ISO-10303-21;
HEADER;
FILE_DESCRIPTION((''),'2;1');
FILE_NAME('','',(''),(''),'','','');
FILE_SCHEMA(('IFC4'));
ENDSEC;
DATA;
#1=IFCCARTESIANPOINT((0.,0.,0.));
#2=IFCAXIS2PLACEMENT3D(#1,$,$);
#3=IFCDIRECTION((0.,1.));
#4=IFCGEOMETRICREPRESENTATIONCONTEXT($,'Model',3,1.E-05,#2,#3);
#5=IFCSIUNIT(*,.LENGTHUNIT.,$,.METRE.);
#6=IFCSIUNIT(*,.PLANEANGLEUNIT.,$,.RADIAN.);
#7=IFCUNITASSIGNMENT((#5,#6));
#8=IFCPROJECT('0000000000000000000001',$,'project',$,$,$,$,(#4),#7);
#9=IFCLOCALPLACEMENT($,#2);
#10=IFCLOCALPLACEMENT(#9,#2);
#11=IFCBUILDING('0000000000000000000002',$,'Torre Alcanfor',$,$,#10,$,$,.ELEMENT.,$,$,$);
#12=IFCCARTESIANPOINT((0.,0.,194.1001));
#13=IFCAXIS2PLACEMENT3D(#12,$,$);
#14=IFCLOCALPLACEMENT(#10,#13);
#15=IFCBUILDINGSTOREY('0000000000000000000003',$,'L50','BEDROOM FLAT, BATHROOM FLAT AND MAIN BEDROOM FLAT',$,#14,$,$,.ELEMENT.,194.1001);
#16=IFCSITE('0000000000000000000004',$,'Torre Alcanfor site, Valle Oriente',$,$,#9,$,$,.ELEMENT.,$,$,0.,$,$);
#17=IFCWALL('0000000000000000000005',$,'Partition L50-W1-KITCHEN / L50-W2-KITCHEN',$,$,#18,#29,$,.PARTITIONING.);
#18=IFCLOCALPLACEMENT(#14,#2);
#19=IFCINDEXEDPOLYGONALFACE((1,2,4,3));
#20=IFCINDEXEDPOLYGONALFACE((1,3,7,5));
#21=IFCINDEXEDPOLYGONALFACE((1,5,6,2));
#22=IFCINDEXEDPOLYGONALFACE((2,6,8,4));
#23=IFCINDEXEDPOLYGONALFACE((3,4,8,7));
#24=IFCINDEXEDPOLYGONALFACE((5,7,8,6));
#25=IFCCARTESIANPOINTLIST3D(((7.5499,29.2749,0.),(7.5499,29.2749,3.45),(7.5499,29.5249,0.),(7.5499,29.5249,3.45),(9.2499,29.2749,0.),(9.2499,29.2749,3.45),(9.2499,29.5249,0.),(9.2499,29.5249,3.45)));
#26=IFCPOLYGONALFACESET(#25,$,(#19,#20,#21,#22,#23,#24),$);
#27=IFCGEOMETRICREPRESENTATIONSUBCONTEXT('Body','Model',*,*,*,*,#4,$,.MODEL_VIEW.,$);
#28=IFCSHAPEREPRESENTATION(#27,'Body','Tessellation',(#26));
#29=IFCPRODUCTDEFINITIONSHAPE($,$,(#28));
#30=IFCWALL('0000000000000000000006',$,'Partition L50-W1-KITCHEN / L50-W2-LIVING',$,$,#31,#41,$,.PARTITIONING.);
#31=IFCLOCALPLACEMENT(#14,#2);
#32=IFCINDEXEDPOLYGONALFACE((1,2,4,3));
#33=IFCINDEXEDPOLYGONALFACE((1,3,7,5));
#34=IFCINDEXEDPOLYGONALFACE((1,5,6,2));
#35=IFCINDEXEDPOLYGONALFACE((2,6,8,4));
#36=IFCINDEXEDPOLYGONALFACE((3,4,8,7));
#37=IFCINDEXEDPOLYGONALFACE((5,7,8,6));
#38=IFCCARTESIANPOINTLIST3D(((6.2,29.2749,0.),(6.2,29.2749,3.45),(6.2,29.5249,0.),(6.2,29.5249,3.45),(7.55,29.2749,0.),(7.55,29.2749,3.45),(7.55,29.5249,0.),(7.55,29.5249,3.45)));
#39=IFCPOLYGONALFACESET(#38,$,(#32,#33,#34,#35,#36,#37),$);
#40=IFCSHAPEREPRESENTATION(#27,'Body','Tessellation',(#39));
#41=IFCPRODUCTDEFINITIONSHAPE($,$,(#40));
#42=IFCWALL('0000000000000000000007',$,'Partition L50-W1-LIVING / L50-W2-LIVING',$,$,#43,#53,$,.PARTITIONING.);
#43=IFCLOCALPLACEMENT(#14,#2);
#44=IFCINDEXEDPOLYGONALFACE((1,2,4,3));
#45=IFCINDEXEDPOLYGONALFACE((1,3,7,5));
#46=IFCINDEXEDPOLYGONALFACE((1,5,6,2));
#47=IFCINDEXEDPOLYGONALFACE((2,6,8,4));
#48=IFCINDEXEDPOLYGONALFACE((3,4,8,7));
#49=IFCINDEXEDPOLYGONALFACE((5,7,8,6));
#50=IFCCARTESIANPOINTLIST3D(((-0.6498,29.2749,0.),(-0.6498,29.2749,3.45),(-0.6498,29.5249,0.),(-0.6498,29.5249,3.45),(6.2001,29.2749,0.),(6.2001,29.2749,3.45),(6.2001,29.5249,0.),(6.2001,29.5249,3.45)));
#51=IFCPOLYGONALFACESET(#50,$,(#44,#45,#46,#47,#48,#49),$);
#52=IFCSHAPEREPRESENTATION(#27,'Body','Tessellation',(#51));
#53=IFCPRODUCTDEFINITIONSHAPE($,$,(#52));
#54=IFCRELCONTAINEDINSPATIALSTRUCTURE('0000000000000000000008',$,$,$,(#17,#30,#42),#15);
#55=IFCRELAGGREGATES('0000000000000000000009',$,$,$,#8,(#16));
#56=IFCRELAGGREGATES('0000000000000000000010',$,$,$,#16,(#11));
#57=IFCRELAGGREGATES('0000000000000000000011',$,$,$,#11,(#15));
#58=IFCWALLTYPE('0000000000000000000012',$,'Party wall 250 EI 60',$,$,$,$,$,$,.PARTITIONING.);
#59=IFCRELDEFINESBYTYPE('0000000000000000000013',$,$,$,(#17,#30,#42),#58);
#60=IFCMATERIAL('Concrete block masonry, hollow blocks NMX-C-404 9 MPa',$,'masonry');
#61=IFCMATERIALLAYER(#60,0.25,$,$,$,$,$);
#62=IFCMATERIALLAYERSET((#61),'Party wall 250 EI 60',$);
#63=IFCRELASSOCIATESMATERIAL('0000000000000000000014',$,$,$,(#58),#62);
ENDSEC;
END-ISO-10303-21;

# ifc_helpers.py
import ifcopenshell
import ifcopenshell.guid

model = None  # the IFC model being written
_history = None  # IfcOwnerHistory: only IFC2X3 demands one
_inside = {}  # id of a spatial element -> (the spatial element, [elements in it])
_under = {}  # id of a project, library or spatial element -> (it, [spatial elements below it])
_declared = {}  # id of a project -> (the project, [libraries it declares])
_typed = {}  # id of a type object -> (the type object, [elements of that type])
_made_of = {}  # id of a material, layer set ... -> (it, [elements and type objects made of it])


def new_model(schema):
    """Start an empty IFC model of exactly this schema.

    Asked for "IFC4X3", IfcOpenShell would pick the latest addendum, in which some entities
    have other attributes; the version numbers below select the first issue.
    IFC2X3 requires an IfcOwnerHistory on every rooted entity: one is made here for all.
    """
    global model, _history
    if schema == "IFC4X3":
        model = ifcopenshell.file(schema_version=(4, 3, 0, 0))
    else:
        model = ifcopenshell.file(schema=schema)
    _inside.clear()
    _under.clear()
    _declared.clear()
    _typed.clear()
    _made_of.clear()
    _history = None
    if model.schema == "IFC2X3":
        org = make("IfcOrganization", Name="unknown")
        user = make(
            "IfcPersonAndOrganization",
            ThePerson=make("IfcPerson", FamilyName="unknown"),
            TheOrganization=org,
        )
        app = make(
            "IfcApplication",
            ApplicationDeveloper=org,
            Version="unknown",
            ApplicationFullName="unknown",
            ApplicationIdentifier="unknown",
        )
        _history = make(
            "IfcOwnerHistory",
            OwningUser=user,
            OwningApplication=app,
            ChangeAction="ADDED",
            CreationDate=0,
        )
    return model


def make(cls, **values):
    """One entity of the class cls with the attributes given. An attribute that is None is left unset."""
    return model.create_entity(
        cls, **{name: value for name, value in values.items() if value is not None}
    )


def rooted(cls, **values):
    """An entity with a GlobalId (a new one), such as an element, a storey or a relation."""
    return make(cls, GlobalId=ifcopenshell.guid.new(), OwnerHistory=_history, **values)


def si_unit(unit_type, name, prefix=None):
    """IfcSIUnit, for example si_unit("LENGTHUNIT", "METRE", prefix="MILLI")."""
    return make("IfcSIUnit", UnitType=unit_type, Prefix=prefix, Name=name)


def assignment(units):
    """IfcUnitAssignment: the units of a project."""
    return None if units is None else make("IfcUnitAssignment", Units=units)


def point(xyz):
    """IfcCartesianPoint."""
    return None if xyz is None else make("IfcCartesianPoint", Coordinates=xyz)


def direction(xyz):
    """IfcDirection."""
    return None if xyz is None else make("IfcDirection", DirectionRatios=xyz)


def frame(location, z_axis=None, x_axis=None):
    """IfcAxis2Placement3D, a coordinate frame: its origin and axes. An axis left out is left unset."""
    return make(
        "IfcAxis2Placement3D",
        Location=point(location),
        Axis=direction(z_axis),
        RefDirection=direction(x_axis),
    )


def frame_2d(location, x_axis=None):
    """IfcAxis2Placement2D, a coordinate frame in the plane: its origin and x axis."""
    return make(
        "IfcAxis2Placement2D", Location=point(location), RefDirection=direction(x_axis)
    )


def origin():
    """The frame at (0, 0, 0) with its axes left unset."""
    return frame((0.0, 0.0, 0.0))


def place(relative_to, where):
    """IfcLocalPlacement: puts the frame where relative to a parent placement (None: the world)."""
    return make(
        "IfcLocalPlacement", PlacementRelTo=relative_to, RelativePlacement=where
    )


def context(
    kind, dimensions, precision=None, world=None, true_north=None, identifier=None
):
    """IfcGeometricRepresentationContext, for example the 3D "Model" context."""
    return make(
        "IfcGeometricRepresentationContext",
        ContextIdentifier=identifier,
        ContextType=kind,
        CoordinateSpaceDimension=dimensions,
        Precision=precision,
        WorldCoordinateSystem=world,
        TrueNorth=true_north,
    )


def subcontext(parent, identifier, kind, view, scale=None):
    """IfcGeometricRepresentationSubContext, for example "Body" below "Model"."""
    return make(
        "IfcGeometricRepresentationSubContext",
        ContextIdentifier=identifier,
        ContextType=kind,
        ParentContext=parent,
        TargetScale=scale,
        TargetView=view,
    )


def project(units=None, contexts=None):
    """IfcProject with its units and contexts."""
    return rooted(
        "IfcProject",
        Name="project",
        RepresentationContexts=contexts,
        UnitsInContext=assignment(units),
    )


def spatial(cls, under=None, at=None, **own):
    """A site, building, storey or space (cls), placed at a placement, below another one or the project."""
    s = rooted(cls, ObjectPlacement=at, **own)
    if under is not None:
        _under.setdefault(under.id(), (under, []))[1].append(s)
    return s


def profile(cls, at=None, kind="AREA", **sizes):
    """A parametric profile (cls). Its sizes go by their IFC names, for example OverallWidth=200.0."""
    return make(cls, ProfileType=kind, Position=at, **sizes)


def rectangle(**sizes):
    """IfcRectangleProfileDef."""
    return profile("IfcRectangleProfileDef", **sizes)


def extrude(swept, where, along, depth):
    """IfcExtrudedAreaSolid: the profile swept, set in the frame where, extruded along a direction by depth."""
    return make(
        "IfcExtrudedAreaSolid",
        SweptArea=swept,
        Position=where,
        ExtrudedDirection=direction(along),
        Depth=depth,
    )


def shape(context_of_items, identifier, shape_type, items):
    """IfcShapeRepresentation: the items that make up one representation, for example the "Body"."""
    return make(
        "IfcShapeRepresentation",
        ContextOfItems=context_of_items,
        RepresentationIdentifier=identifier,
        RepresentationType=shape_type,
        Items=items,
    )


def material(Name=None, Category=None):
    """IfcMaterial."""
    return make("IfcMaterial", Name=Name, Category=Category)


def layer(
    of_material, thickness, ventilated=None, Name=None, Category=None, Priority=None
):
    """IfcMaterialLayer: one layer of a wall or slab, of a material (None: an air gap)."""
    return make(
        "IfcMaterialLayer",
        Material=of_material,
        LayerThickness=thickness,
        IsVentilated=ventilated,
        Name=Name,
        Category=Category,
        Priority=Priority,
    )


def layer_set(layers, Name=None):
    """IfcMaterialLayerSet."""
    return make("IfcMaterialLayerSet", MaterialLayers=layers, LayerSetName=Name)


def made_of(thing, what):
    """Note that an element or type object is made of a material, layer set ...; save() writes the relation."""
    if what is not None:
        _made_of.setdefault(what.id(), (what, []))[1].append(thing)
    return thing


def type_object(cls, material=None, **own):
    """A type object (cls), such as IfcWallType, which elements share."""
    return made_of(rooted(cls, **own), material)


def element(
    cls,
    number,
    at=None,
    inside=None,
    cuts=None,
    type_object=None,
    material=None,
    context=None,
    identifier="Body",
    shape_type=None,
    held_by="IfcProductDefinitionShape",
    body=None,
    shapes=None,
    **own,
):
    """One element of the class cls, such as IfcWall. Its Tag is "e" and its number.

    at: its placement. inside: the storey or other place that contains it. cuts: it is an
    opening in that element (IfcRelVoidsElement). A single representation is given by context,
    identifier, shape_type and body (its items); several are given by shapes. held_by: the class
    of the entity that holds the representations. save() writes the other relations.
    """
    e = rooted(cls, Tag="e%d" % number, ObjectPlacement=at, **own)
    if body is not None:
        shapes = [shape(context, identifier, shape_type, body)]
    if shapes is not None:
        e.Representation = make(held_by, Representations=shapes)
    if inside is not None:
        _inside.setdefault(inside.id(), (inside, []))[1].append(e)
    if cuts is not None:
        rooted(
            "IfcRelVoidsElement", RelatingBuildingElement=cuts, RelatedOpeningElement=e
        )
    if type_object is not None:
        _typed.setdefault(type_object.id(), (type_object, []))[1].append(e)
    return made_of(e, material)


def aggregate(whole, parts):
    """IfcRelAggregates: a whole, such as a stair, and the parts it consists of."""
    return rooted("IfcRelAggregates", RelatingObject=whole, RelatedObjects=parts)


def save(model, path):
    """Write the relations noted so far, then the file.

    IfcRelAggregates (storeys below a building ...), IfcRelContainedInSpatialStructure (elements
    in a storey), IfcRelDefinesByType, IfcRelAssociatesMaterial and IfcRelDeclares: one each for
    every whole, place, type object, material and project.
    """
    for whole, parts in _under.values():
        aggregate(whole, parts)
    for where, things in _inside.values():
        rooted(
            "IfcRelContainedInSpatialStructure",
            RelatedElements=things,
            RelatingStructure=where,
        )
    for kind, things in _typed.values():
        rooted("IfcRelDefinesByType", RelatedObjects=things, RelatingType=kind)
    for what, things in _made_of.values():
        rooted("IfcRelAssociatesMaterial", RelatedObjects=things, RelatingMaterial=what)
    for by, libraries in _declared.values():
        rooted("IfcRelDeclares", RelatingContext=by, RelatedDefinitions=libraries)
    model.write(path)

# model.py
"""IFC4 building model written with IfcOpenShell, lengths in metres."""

from ifc_helpers import new_model, si_unit, direction, frame, frame_2d, origin, place, context, subcontext, project, spatial, rectangle, extrude, material, layer, layer_set, type_object, element, save


model = new_model("IFC4")

# Units and contexts
model_context = context("Model", 3, precision=1e-05, world=origin(), true_north=direction((0.0, 1.0)))
body_context = subcontext(model_context, "Body", "Model", "MODEL_VIEW")
ifc_project = project(units=[si_unit("LENGTHUNIT", "METRE"), si_unit("PLANEANGLEUNIT", "RADIAN")], contexts=[model_context])

# Site, building, storey
site_placement = place(None, origin())
site = spatial("IfcSite", under=ifc_project, at=site_placement, Name="Torre Alcanfor site, Valle Oriente", CompositionType="ELEMENT", RefElevation=0.0)
building_placement = place(site_placement, origin())
building = spatial("IfcBuilding", under=site, at=building_placement, Name="Torre Alcanfor", CompositionType="ELEMENT")
storey_placement = place(building_placement, frame((0.0, 0.0, 194.1001)))
storey = spatial("IfcBuildingStorey", under=building, at=storey_placement, Name="L50", Description="BEDROOM FLAT, BATHROOM FLAT AND MAIN BEDROOM FLAT", CompositionType="ELEMENT", Elevation=194.1001)

# Walls
ifc_material_1 = material(Name="Concrete block masonry, hollow blocks NMX-C-404 9 MPa", Category="masonry")
ifc_layer_1 = layer(ifc_material_1, 0.25)
ifc_layer_set_1 = layer_set([ifc_layer_1], Name="Party wall 250 EI 60")
wall_type_1 = type_object("IfcWallType", Name="Party wall 250 EI 60", PredefinedType="PARTITIONING", material=ifc_layer_set_1)
wall_1_placement = place(storey_placement, frame((9.25, 29.3999, 0.0), z_axis=(0.0, 0.0, 1.0), x_axis=(-1.0, 0.0, 0.0)))
element("IfcWall", 1, at=wall_1_placement, inside=storey, type_object=wall_type_1, Name="Partition L50-W1-KITCHEN / L50-W2-KITCHEN", PredefinedType="PARTITIONING", context=body_context, shape_type="SweptSolid", body=[
    extrude(rectangle(XDim=1.7, YDim=0.25, at=frame_2d((0.8501, 0.0))), origin(), (0.0, 0.0, 1.0), 3.45),
])
wall_2_placement = place(storey_placement, frame((7.55, 29.3999, 0.0), z_axis=(0.0, 0.0, 1.0), x_axis=(-1.0, 0.0, 0.0)))
element("IfcWall", 2, at=wall_2_placement, inside=storey, type_object=wall_type_1, Name="Partition L50-W1-KITCHEN / L50-W2-LIVING", PredefinedType="PARTITIONING", context=body_context, shape_type="SweptSolid", body=[
    extrude(rectangle(XDim=1.3501, YDim=0.25, at=frame_2d((0.675, 0.0))), origin(), (0.0, 0.0, 1.0), 3.45),
])
wall_3_placement = place(storey_placement, frame((6.2, 29.3999, 0.0), z_axis=(0.0, 0.0, 1.0), x_axis=(-1.0, 0.0, 0.0)))
element("IfcWall", 3, at=wall_3_placement, inside=storey, type_object=wall_type_1, Name="Partition L50-W1-LIVING / L50-W2-LIVING", PredefinedType="PARTITIONING", context=body_context, shape_type="SweptSolid", body=[
    extrude(rectangle(XDim=6.8499, YDim=0.25, at=frame_2d((3.4248, 0.0))), origin(), (0.0, 0.0, 1.0), 3.45),
])

save(model, "model.ifc")
